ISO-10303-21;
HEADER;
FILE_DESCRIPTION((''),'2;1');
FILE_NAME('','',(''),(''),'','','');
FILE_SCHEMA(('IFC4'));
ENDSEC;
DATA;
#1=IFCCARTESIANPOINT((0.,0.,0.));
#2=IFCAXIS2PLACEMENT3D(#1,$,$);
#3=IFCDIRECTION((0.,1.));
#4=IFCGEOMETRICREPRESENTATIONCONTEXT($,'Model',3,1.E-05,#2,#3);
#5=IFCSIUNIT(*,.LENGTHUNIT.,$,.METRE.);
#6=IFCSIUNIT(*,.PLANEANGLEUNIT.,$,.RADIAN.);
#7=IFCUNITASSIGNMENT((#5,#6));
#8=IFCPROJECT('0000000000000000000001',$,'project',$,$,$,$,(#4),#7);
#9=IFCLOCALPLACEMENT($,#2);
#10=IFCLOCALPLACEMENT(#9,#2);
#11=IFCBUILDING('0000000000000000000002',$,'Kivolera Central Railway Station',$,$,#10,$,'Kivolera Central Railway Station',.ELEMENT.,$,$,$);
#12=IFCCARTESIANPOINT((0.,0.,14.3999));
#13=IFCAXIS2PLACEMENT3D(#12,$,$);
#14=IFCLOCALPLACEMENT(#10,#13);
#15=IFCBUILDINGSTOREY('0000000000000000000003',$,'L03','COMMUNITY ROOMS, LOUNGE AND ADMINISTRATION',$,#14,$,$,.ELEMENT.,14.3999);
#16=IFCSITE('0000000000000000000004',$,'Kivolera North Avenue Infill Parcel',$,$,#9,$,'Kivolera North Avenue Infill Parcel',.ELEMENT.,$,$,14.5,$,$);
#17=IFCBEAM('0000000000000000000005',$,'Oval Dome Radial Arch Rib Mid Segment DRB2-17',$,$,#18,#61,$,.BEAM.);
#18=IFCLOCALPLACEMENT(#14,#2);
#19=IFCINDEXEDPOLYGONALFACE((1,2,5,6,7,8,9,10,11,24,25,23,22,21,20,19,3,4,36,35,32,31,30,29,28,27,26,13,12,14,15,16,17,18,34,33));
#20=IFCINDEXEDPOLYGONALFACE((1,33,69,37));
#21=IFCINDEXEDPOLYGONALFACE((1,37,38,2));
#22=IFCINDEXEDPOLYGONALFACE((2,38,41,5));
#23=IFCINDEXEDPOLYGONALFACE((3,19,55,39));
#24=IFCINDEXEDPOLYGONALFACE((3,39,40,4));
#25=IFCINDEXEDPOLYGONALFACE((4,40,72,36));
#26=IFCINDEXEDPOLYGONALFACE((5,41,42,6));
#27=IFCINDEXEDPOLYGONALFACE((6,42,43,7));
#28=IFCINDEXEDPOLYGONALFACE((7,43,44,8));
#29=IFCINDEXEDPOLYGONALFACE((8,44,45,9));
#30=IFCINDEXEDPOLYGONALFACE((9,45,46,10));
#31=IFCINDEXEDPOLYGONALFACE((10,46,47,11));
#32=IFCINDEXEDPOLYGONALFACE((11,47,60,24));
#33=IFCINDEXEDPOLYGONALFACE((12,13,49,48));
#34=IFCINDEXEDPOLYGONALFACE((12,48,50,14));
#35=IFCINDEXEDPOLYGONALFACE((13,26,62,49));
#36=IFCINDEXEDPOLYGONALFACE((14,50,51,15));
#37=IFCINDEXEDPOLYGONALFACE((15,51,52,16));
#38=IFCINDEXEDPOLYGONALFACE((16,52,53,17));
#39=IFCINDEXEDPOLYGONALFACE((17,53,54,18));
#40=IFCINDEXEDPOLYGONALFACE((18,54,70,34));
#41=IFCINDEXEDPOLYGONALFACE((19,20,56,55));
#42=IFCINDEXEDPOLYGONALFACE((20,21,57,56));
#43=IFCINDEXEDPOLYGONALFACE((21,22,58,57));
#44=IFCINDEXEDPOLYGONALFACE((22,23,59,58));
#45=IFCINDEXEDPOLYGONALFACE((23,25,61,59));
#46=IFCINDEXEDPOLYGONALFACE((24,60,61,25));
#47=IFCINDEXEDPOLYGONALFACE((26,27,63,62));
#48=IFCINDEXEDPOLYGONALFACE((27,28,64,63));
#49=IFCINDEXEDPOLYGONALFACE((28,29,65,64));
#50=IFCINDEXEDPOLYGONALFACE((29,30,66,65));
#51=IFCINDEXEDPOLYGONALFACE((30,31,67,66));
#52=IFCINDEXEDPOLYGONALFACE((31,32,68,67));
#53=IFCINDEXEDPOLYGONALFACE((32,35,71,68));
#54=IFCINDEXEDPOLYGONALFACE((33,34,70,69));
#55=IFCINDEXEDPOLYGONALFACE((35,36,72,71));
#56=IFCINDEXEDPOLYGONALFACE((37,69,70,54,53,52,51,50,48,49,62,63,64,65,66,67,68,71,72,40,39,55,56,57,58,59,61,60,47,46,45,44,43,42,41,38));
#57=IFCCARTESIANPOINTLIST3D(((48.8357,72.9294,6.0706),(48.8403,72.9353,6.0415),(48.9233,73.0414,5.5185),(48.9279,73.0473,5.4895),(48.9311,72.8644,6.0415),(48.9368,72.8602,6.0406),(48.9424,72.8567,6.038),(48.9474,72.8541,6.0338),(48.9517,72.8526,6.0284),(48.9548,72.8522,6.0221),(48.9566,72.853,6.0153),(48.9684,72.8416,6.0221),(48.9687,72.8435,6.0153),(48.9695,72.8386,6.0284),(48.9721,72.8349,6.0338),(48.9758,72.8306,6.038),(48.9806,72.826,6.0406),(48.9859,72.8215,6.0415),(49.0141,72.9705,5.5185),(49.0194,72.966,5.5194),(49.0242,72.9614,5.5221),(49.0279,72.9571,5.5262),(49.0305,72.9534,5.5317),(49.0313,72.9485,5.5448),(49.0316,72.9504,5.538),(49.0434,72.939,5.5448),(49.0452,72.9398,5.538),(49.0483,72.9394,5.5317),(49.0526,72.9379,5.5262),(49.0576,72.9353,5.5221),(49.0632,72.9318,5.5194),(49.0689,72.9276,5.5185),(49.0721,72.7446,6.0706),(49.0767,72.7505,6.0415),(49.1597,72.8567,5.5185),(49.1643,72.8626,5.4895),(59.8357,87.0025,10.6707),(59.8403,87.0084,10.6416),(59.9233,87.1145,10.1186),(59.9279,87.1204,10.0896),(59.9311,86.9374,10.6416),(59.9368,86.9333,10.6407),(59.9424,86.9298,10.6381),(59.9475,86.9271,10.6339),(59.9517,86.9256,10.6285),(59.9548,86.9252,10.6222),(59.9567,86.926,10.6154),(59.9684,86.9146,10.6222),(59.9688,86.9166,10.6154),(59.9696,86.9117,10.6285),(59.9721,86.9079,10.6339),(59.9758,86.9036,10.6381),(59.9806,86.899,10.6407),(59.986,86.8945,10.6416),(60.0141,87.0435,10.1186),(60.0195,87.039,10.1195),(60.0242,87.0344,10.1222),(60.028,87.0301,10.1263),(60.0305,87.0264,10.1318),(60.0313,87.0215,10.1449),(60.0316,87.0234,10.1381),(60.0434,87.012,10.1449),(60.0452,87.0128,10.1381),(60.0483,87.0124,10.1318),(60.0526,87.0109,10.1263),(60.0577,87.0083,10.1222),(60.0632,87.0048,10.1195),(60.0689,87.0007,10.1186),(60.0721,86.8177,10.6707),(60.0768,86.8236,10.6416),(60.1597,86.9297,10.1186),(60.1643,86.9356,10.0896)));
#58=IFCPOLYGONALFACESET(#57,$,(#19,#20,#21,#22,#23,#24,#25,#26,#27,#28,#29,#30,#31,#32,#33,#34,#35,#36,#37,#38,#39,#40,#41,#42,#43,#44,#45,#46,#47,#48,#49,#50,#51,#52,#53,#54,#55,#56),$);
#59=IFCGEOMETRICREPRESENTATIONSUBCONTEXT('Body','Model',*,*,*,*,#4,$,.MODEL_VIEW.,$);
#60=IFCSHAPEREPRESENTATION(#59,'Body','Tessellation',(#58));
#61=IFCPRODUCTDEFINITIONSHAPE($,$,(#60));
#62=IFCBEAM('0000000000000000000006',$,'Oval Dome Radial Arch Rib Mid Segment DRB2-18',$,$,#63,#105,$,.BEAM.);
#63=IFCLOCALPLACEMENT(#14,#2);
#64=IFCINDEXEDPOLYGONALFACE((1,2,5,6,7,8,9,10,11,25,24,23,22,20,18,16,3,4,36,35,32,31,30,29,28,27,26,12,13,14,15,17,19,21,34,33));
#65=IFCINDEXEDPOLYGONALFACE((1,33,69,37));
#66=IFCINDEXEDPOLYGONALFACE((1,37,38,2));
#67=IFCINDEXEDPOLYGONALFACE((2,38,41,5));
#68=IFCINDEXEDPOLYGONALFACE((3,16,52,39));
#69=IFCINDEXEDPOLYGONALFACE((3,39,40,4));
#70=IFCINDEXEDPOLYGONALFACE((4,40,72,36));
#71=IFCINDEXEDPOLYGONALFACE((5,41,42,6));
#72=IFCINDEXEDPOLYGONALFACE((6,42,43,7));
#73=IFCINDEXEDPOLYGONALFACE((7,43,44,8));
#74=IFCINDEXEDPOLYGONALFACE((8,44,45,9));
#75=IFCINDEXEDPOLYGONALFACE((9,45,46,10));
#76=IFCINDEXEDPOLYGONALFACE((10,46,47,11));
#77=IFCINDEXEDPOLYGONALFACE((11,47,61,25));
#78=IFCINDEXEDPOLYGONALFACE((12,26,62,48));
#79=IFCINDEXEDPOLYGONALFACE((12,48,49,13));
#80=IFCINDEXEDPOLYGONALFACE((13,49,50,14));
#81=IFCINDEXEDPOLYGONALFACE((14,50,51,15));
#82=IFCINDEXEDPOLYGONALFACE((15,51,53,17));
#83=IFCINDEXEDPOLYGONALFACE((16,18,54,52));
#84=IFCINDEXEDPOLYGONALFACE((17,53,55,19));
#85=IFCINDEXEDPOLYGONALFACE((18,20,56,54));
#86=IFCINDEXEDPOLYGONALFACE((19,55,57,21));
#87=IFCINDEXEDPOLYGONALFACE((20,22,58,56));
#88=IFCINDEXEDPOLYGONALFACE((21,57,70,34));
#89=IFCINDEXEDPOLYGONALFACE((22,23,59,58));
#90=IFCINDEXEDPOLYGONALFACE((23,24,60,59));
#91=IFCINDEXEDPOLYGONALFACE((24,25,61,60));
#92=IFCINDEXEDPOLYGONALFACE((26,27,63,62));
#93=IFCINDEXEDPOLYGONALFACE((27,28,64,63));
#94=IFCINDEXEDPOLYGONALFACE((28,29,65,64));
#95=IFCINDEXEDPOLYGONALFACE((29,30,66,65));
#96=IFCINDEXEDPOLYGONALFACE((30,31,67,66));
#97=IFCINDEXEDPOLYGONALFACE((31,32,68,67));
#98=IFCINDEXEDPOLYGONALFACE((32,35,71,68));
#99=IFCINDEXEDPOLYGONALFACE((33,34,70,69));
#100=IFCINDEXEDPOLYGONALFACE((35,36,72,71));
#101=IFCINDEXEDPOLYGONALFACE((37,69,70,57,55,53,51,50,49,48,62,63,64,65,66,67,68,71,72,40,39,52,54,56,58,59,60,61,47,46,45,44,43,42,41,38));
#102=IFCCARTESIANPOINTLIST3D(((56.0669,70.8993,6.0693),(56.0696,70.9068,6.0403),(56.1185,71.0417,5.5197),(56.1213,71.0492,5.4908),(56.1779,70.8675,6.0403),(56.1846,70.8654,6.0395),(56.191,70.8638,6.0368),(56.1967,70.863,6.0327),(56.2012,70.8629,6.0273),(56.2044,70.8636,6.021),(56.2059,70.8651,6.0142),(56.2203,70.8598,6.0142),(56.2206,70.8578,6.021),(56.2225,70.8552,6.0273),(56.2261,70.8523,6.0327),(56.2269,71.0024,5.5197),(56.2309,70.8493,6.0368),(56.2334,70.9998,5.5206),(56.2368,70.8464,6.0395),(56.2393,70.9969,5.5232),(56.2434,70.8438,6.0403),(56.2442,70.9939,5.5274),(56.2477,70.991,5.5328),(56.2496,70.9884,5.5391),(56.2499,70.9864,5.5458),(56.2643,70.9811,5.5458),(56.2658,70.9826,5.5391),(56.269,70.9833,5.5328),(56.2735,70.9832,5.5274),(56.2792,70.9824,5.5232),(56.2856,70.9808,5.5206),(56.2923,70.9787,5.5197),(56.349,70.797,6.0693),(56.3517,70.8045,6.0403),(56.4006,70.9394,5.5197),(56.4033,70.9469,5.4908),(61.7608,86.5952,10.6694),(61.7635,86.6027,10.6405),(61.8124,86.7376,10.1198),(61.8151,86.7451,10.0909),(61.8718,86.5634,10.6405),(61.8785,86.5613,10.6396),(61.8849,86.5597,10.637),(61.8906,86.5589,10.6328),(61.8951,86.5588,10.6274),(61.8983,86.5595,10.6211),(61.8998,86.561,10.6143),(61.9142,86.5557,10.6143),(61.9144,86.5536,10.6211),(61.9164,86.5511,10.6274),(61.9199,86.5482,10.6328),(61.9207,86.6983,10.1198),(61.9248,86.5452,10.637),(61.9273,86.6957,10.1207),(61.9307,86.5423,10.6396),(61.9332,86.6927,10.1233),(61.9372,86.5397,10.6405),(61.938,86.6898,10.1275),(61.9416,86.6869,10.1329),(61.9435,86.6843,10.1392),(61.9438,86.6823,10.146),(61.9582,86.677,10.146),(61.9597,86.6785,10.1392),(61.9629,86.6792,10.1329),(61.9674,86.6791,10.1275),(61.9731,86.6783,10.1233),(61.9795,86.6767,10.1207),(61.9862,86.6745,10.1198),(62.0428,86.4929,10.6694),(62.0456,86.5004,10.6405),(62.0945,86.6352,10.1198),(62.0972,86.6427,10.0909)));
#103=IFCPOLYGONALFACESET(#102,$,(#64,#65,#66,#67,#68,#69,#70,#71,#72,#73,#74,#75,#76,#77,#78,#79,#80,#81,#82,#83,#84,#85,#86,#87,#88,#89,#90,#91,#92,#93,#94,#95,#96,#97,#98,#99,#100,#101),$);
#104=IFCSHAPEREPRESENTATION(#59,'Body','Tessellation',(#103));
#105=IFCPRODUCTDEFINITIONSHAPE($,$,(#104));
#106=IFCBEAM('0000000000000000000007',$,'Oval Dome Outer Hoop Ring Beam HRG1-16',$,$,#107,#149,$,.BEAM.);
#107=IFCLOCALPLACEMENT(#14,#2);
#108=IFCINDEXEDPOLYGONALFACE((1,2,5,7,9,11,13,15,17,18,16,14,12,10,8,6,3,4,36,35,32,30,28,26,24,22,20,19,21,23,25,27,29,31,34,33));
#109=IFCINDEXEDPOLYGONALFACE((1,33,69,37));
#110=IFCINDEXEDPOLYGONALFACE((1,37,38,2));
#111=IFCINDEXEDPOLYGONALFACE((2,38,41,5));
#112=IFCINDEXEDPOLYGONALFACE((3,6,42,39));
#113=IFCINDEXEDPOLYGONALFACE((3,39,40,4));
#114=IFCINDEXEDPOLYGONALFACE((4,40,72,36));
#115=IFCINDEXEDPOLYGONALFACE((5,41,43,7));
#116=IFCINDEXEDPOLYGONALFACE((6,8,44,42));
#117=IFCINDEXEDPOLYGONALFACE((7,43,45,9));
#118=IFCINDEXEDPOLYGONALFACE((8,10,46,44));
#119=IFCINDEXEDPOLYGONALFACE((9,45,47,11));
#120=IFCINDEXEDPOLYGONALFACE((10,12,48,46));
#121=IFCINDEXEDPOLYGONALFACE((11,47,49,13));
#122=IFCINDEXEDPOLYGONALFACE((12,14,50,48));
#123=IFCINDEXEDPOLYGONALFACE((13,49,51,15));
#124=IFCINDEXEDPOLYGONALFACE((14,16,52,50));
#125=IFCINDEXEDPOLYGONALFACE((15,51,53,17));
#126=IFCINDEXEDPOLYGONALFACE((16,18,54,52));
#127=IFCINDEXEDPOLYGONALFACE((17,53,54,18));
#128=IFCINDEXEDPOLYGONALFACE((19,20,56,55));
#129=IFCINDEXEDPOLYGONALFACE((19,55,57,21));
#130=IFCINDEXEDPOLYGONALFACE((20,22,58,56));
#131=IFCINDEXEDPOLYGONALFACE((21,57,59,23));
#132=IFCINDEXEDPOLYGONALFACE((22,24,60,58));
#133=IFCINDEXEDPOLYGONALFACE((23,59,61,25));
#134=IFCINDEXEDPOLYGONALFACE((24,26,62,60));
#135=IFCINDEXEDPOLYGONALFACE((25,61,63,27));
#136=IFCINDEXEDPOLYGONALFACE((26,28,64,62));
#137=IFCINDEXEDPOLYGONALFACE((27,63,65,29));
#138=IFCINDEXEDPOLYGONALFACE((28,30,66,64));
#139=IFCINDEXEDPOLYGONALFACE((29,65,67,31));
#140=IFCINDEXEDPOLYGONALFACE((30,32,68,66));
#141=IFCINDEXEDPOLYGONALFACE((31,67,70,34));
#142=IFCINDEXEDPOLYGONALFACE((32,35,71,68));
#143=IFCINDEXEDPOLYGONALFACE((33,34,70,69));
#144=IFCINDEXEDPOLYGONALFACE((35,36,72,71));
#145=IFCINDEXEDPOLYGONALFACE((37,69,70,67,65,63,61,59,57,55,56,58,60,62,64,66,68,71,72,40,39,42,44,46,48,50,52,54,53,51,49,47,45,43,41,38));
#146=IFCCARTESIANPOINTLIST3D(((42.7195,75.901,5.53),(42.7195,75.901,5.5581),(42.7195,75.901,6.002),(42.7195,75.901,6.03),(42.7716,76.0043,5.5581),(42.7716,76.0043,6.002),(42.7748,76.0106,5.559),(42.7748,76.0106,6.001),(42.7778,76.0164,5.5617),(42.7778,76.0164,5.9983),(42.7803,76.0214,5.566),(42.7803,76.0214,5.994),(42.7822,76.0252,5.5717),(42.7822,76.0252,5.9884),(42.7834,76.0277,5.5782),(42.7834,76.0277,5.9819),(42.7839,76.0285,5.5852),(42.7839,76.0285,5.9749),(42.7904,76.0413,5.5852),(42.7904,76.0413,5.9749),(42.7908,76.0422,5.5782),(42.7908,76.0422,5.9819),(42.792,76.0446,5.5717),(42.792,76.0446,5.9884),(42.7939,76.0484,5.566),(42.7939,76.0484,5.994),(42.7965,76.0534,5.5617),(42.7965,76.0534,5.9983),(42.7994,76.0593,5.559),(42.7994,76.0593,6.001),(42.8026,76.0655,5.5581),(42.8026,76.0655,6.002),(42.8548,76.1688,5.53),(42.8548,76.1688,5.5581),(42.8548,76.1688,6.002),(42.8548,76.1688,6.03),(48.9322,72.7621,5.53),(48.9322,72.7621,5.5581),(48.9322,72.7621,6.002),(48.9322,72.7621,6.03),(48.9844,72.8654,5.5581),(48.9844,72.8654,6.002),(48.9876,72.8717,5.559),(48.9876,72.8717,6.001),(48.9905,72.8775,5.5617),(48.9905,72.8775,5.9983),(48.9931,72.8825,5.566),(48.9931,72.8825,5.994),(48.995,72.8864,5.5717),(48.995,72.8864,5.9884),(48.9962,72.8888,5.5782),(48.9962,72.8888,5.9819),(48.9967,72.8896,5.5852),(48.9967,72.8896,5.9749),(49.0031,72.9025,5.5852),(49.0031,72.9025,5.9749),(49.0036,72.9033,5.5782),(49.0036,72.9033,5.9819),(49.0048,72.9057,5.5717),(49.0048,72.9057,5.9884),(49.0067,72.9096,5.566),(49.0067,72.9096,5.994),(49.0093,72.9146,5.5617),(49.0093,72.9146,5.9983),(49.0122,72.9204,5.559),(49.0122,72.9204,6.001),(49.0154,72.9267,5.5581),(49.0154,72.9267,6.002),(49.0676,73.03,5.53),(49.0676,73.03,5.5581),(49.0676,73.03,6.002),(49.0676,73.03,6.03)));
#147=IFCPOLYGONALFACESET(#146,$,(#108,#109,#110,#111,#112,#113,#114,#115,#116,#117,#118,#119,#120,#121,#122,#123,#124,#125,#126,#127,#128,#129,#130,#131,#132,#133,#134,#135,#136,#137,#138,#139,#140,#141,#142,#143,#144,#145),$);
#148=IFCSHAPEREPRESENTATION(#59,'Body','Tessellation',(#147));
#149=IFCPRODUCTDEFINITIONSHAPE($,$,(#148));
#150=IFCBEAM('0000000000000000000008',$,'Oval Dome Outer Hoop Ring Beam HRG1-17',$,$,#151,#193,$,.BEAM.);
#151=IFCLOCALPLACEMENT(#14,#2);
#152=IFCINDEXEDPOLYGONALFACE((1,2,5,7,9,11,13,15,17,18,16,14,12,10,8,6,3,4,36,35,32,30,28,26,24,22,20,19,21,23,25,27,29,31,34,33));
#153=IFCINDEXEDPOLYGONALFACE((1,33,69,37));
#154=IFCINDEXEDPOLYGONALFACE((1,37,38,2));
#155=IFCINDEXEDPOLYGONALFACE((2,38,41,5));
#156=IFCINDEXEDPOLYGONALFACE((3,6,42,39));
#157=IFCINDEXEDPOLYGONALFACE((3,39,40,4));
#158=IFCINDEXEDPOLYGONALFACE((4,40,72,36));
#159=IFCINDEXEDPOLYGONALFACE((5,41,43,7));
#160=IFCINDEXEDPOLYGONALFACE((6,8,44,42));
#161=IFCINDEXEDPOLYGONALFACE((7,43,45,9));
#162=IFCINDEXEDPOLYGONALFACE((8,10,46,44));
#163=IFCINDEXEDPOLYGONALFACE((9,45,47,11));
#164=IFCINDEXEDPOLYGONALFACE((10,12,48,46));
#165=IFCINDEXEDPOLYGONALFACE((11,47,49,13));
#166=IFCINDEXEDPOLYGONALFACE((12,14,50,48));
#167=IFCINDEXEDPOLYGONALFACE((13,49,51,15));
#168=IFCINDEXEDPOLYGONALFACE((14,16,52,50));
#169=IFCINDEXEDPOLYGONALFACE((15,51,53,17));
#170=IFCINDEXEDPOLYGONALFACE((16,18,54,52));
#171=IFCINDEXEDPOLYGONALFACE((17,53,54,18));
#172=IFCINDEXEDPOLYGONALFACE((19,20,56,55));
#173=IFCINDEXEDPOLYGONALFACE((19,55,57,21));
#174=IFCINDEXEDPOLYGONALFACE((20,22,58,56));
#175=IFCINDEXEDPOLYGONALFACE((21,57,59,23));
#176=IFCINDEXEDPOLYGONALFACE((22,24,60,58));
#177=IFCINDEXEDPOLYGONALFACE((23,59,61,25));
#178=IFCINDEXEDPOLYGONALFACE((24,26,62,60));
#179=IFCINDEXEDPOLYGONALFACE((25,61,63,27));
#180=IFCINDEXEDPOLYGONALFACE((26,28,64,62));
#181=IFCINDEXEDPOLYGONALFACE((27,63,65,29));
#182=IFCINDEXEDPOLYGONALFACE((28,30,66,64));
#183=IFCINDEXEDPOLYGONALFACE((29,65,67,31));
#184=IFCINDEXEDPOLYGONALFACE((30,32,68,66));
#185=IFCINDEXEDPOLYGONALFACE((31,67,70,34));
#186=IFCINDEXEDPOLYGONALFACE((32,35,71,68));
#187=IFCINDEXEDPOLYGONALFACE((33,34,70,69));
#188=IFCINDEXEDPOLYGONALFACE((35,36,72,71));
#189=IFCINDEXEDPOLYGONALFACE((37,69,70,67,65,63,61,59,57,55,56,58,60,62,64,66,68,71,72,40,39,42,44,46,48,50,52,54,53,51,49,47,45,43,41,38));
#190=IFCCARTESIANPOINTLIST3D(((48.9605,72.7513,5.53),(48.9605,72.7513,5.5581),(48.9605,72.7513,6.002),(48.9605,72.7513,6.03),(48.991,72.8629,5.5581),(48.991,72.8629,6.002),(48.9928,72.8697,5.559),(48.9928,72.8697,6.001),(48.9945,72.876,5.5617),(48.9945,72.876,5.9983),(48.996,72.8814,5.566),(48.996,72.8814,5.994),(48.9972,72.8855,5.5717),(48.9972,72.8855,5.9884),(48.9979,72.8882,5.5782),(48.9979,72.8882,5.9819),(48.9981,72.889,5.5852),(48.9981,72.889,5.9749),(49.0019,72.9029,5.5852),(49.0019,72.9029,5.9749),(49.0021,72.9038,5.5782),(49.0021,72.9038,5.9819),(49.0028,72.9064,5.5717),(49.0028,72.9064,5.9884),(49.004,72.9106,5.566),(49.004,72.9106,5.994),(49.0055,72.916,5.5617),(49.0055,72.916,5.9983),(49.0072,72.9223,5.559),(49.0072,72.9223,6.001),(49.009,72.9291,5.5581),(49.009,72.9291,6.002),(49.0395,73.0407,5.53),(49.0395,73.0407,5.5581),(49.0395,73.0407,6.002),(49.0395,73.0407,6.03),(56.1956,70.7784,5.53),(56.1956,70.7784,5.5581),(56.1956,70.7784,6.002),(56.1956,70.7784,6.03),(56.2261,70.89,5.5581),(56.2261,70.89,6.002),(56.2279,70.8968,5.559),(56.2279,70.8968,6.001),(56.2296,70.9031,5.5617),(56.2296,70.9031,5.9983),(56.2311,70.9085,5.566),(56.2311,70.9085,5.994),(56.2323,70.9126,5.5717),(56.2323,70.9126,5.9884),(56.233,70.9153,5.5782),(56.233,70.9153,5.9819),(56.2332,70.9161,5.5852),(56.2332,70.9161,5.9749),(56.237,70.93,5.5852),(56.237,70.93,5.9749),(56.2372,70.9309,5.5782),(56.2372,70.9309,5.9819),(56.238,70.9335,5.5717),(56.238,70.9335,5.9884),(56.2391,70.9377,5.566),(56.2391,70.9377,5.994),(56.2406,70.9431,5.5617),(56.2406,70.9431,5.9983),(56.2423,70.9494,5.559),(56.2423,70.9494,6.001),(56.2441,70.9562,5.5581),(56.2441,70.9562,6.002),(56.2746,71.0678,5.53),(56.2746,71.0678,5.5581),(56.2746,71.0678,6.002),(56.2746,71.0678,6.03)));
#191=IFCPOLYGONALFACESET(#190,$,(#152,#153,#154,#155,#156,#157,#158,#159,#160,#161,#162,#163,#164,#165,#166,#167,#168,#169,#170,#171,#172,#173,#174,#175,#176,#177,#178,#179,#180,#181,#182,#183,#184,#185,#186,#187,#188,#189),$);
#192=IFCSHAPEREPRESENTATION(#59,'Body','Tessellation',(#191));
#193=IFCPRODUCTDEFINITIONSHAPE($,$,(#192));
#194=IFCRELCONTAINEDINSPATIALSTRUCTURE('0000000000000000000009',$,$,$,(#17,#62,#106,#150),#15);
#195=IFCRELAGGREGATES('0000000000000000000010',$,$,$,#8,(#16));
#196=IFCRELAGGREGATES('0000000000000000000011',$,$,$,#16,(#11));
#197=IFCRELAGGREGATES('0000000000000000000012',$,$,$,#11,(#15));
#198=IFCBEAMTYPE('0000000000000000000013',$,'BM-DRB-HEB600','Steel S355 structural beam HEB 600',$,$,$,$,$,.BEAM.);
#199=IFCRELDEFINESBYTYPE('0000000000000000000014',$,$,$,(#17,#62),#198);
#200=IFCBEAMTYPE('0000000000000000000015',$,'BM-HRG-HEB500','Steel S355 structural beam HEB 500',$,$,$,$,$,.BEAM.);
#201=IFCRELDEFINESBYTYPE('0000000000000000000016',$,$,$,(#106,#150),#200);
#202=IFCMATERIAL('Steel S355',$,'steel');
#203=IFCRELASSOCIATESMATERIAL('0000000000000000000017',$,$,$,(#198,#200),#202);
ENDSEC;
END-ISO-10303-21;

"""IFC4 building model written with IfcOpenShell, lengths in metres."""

from ifc_helpers import new_model, si_unit, direction, frame, origin, origin_2d, place, context, subcontext, project, spatial, i_section, extrude, material, material_profile, profile_set, type_object, element, save


model = new_model("IFC4")

# Units and contexts
model_context = context("Model", 3, precision=1e-05, world=origin(), true_north=direction((0.0, 1.0)))
body_context = subcontext(model_context, "Body", "Model", "MODEL_VIEW")
ifc_project = project(units=[si_unit("LENGTHUNIT", "METRE"), si_unit("PLANEANGLEUNIT", "RADIAN")], contexts=[model_context])

# Site, building, storey
site_placement = place(None, origin())
site = spatial("IfcSite", under=ifc_project, at=site_placement, Name="Kivolera North Avenue Infill Parcel", LongName="Kivolera North Avenue Infill Parcel", CompositionType="ELEMENT", RefElevation=14.5)
building_placement = place(site_placement, origin())
building = spatial("IfcBuilding", under=site, at=building_placement, Name="Kivolera Central Railway Station", LongName="Kivolera Central Railway Station", CompositionType="ELEMENT")
storey_placement = place(building_placement, frame((0.0, 0.0, 14.3999)))
storey = spatial("IfcBuildingStorey", under=building, at=storey_placement, Name="L03", Description="COMMUNITY ROOMS, LOUNGE AND ADMINISTRATION", CompositionType="ELEMENT", Elevation=14.3999)

# Beams
ifc_material_1 = material(Name="Steel S355", Category="steel")
ifc_material_profile_1 = material_profile(ifc_material_1, i_section(OverallWidth=0.3, OverallDepth=0.6001, WebThickness=0.0154, FlangeThickness=0.03, FilletRadius=0.0271, at=origin_2d()), Name="HEB 600")
ifc_profile_set_1 = profile_set([ifc_material_profile_1], Name="Steel S355")
beam_type_1 = type_object("IfcBeamType", Name="BM-DRB-HEB600", Description="Steel S355 structural beam HEB 600", PredefinedType="BEAM", material=ifc_profile_set_1)
beam_1_placement = place(storey_placement, frame((49.0, 72.896, 5.78), z_axis=(0.596374, 0.76298, 0.249398), x_axis=(-0.787876, 0.615834, 0.0)))
element("IfcBeam", 1, at=beam_1_placement, inside=storey, type_object=beam_type_1, Name="Oval Dome Radial Arch Rib Mid Segment DRB2-17", PredefinedType="BEAM", context=body_context, shape_type="SweptSolid", body=[
    extrude(i_section(OverallWidth=0.3, OverallDepth=0.6001, WebThickness=0.0154, FlangeThickness=0.03, FilletRadius=0.0271, at=origin_2d()), origin(), (0.0, 0.0, 1.0), 18.4448),
])
beam_2_placement = place(storey_placement, frame((56.2351, 70.9231, 5.78), z_axis=(0.328768, 0.90629, 0.265614), x_axis=(-0.940057, 0.341017, 0.0)))
element("IfcBeam", 2, at=beam_2_placement, inside=storey, type_object=beam_type_1, Name="Oval Dome Radial Arch Rib Mid Segment DRB2-18", PredefinedType="BEAM", context=body_context, shape_type="SweptSolid", body=[
    extrude(i_section(OverallWidth=0.3, OverallDepth=0.6001, WebThickness=0.0154, FlangeThickness=0.03, FilletRadius=0.0271, at=origin_2d()), origin(), (0.0, 0.0, 1.0), 17.3188),
])
ifc_material_profile_2 = material_profile(ifc_material_1, i_section(OverallWidth=0.3, OverallDepth=0.5, WebThickness=0.0144, FlangeThickness=0.0281, FilletRadius=0.0271, at=origin_2d()), Name="HEB 500")
ifc_profile_set_2 = profile_set([ifc_material_profile_2], Name="Steel S355")
beam_type_2 = type_object("IfcBeamType", Name="BM-HRG-HEB500", Description="Steel S355 structural beam HEB 500", PredefinedType="BEAM", material=ifc_profile_set_2)
beam_3_placement = place(storey_placement, frame((42.7871, 76.0349, 5.78), z_axis=(0.892553, -0.450942, 0.0), x_axis=(0.450942, 0.892553, 0.0)))
element("IfcBeam", 3, at=beam_3_placement, inside=storey, type_object=beam_type_2, Name="Oval Dome Outer Hoop Ring Beam HRG1-16", PredefinedType="BEAM", context=body_context, shape_type="SweptSolid", body=[
    extrude(i_section(OverallWidth=0.3, OverallDepth=0.5, WebThickness=0.0144, FlangeThickness=0.0281, FilletRadius=0.0271, at=origin_2d()), origin(), (0.0, 0.0, 1.0), 6.9607),
])
beam_4_placement = place(storey_placement, frame((49.0, 72.896, 5.78), z_axis=(0.964774, -0.263079, 0.0), x_axis=(0.263079, 0.964774, 0.0)))
element("IfcBeam", 4, at=beam_4_placement, inside=storey, type_object=beam_type_2, Name="Oval Dome Outer Hoop Ring Beam HRG1-17", PredefinedType="BEAM", context=body_context, shape_type="SweptSolid", body=[
    extrude(i_section(OverallWidth=0.3, OverallDepth=0.5, WebThickness=0.0144, FlangeThickness=0.0281, FilletRadius=0.0271, at=origin_2d()), origin(), (0.0, 0.0, 1.0), 7.4993),
])

save(model, "model.ifc")
